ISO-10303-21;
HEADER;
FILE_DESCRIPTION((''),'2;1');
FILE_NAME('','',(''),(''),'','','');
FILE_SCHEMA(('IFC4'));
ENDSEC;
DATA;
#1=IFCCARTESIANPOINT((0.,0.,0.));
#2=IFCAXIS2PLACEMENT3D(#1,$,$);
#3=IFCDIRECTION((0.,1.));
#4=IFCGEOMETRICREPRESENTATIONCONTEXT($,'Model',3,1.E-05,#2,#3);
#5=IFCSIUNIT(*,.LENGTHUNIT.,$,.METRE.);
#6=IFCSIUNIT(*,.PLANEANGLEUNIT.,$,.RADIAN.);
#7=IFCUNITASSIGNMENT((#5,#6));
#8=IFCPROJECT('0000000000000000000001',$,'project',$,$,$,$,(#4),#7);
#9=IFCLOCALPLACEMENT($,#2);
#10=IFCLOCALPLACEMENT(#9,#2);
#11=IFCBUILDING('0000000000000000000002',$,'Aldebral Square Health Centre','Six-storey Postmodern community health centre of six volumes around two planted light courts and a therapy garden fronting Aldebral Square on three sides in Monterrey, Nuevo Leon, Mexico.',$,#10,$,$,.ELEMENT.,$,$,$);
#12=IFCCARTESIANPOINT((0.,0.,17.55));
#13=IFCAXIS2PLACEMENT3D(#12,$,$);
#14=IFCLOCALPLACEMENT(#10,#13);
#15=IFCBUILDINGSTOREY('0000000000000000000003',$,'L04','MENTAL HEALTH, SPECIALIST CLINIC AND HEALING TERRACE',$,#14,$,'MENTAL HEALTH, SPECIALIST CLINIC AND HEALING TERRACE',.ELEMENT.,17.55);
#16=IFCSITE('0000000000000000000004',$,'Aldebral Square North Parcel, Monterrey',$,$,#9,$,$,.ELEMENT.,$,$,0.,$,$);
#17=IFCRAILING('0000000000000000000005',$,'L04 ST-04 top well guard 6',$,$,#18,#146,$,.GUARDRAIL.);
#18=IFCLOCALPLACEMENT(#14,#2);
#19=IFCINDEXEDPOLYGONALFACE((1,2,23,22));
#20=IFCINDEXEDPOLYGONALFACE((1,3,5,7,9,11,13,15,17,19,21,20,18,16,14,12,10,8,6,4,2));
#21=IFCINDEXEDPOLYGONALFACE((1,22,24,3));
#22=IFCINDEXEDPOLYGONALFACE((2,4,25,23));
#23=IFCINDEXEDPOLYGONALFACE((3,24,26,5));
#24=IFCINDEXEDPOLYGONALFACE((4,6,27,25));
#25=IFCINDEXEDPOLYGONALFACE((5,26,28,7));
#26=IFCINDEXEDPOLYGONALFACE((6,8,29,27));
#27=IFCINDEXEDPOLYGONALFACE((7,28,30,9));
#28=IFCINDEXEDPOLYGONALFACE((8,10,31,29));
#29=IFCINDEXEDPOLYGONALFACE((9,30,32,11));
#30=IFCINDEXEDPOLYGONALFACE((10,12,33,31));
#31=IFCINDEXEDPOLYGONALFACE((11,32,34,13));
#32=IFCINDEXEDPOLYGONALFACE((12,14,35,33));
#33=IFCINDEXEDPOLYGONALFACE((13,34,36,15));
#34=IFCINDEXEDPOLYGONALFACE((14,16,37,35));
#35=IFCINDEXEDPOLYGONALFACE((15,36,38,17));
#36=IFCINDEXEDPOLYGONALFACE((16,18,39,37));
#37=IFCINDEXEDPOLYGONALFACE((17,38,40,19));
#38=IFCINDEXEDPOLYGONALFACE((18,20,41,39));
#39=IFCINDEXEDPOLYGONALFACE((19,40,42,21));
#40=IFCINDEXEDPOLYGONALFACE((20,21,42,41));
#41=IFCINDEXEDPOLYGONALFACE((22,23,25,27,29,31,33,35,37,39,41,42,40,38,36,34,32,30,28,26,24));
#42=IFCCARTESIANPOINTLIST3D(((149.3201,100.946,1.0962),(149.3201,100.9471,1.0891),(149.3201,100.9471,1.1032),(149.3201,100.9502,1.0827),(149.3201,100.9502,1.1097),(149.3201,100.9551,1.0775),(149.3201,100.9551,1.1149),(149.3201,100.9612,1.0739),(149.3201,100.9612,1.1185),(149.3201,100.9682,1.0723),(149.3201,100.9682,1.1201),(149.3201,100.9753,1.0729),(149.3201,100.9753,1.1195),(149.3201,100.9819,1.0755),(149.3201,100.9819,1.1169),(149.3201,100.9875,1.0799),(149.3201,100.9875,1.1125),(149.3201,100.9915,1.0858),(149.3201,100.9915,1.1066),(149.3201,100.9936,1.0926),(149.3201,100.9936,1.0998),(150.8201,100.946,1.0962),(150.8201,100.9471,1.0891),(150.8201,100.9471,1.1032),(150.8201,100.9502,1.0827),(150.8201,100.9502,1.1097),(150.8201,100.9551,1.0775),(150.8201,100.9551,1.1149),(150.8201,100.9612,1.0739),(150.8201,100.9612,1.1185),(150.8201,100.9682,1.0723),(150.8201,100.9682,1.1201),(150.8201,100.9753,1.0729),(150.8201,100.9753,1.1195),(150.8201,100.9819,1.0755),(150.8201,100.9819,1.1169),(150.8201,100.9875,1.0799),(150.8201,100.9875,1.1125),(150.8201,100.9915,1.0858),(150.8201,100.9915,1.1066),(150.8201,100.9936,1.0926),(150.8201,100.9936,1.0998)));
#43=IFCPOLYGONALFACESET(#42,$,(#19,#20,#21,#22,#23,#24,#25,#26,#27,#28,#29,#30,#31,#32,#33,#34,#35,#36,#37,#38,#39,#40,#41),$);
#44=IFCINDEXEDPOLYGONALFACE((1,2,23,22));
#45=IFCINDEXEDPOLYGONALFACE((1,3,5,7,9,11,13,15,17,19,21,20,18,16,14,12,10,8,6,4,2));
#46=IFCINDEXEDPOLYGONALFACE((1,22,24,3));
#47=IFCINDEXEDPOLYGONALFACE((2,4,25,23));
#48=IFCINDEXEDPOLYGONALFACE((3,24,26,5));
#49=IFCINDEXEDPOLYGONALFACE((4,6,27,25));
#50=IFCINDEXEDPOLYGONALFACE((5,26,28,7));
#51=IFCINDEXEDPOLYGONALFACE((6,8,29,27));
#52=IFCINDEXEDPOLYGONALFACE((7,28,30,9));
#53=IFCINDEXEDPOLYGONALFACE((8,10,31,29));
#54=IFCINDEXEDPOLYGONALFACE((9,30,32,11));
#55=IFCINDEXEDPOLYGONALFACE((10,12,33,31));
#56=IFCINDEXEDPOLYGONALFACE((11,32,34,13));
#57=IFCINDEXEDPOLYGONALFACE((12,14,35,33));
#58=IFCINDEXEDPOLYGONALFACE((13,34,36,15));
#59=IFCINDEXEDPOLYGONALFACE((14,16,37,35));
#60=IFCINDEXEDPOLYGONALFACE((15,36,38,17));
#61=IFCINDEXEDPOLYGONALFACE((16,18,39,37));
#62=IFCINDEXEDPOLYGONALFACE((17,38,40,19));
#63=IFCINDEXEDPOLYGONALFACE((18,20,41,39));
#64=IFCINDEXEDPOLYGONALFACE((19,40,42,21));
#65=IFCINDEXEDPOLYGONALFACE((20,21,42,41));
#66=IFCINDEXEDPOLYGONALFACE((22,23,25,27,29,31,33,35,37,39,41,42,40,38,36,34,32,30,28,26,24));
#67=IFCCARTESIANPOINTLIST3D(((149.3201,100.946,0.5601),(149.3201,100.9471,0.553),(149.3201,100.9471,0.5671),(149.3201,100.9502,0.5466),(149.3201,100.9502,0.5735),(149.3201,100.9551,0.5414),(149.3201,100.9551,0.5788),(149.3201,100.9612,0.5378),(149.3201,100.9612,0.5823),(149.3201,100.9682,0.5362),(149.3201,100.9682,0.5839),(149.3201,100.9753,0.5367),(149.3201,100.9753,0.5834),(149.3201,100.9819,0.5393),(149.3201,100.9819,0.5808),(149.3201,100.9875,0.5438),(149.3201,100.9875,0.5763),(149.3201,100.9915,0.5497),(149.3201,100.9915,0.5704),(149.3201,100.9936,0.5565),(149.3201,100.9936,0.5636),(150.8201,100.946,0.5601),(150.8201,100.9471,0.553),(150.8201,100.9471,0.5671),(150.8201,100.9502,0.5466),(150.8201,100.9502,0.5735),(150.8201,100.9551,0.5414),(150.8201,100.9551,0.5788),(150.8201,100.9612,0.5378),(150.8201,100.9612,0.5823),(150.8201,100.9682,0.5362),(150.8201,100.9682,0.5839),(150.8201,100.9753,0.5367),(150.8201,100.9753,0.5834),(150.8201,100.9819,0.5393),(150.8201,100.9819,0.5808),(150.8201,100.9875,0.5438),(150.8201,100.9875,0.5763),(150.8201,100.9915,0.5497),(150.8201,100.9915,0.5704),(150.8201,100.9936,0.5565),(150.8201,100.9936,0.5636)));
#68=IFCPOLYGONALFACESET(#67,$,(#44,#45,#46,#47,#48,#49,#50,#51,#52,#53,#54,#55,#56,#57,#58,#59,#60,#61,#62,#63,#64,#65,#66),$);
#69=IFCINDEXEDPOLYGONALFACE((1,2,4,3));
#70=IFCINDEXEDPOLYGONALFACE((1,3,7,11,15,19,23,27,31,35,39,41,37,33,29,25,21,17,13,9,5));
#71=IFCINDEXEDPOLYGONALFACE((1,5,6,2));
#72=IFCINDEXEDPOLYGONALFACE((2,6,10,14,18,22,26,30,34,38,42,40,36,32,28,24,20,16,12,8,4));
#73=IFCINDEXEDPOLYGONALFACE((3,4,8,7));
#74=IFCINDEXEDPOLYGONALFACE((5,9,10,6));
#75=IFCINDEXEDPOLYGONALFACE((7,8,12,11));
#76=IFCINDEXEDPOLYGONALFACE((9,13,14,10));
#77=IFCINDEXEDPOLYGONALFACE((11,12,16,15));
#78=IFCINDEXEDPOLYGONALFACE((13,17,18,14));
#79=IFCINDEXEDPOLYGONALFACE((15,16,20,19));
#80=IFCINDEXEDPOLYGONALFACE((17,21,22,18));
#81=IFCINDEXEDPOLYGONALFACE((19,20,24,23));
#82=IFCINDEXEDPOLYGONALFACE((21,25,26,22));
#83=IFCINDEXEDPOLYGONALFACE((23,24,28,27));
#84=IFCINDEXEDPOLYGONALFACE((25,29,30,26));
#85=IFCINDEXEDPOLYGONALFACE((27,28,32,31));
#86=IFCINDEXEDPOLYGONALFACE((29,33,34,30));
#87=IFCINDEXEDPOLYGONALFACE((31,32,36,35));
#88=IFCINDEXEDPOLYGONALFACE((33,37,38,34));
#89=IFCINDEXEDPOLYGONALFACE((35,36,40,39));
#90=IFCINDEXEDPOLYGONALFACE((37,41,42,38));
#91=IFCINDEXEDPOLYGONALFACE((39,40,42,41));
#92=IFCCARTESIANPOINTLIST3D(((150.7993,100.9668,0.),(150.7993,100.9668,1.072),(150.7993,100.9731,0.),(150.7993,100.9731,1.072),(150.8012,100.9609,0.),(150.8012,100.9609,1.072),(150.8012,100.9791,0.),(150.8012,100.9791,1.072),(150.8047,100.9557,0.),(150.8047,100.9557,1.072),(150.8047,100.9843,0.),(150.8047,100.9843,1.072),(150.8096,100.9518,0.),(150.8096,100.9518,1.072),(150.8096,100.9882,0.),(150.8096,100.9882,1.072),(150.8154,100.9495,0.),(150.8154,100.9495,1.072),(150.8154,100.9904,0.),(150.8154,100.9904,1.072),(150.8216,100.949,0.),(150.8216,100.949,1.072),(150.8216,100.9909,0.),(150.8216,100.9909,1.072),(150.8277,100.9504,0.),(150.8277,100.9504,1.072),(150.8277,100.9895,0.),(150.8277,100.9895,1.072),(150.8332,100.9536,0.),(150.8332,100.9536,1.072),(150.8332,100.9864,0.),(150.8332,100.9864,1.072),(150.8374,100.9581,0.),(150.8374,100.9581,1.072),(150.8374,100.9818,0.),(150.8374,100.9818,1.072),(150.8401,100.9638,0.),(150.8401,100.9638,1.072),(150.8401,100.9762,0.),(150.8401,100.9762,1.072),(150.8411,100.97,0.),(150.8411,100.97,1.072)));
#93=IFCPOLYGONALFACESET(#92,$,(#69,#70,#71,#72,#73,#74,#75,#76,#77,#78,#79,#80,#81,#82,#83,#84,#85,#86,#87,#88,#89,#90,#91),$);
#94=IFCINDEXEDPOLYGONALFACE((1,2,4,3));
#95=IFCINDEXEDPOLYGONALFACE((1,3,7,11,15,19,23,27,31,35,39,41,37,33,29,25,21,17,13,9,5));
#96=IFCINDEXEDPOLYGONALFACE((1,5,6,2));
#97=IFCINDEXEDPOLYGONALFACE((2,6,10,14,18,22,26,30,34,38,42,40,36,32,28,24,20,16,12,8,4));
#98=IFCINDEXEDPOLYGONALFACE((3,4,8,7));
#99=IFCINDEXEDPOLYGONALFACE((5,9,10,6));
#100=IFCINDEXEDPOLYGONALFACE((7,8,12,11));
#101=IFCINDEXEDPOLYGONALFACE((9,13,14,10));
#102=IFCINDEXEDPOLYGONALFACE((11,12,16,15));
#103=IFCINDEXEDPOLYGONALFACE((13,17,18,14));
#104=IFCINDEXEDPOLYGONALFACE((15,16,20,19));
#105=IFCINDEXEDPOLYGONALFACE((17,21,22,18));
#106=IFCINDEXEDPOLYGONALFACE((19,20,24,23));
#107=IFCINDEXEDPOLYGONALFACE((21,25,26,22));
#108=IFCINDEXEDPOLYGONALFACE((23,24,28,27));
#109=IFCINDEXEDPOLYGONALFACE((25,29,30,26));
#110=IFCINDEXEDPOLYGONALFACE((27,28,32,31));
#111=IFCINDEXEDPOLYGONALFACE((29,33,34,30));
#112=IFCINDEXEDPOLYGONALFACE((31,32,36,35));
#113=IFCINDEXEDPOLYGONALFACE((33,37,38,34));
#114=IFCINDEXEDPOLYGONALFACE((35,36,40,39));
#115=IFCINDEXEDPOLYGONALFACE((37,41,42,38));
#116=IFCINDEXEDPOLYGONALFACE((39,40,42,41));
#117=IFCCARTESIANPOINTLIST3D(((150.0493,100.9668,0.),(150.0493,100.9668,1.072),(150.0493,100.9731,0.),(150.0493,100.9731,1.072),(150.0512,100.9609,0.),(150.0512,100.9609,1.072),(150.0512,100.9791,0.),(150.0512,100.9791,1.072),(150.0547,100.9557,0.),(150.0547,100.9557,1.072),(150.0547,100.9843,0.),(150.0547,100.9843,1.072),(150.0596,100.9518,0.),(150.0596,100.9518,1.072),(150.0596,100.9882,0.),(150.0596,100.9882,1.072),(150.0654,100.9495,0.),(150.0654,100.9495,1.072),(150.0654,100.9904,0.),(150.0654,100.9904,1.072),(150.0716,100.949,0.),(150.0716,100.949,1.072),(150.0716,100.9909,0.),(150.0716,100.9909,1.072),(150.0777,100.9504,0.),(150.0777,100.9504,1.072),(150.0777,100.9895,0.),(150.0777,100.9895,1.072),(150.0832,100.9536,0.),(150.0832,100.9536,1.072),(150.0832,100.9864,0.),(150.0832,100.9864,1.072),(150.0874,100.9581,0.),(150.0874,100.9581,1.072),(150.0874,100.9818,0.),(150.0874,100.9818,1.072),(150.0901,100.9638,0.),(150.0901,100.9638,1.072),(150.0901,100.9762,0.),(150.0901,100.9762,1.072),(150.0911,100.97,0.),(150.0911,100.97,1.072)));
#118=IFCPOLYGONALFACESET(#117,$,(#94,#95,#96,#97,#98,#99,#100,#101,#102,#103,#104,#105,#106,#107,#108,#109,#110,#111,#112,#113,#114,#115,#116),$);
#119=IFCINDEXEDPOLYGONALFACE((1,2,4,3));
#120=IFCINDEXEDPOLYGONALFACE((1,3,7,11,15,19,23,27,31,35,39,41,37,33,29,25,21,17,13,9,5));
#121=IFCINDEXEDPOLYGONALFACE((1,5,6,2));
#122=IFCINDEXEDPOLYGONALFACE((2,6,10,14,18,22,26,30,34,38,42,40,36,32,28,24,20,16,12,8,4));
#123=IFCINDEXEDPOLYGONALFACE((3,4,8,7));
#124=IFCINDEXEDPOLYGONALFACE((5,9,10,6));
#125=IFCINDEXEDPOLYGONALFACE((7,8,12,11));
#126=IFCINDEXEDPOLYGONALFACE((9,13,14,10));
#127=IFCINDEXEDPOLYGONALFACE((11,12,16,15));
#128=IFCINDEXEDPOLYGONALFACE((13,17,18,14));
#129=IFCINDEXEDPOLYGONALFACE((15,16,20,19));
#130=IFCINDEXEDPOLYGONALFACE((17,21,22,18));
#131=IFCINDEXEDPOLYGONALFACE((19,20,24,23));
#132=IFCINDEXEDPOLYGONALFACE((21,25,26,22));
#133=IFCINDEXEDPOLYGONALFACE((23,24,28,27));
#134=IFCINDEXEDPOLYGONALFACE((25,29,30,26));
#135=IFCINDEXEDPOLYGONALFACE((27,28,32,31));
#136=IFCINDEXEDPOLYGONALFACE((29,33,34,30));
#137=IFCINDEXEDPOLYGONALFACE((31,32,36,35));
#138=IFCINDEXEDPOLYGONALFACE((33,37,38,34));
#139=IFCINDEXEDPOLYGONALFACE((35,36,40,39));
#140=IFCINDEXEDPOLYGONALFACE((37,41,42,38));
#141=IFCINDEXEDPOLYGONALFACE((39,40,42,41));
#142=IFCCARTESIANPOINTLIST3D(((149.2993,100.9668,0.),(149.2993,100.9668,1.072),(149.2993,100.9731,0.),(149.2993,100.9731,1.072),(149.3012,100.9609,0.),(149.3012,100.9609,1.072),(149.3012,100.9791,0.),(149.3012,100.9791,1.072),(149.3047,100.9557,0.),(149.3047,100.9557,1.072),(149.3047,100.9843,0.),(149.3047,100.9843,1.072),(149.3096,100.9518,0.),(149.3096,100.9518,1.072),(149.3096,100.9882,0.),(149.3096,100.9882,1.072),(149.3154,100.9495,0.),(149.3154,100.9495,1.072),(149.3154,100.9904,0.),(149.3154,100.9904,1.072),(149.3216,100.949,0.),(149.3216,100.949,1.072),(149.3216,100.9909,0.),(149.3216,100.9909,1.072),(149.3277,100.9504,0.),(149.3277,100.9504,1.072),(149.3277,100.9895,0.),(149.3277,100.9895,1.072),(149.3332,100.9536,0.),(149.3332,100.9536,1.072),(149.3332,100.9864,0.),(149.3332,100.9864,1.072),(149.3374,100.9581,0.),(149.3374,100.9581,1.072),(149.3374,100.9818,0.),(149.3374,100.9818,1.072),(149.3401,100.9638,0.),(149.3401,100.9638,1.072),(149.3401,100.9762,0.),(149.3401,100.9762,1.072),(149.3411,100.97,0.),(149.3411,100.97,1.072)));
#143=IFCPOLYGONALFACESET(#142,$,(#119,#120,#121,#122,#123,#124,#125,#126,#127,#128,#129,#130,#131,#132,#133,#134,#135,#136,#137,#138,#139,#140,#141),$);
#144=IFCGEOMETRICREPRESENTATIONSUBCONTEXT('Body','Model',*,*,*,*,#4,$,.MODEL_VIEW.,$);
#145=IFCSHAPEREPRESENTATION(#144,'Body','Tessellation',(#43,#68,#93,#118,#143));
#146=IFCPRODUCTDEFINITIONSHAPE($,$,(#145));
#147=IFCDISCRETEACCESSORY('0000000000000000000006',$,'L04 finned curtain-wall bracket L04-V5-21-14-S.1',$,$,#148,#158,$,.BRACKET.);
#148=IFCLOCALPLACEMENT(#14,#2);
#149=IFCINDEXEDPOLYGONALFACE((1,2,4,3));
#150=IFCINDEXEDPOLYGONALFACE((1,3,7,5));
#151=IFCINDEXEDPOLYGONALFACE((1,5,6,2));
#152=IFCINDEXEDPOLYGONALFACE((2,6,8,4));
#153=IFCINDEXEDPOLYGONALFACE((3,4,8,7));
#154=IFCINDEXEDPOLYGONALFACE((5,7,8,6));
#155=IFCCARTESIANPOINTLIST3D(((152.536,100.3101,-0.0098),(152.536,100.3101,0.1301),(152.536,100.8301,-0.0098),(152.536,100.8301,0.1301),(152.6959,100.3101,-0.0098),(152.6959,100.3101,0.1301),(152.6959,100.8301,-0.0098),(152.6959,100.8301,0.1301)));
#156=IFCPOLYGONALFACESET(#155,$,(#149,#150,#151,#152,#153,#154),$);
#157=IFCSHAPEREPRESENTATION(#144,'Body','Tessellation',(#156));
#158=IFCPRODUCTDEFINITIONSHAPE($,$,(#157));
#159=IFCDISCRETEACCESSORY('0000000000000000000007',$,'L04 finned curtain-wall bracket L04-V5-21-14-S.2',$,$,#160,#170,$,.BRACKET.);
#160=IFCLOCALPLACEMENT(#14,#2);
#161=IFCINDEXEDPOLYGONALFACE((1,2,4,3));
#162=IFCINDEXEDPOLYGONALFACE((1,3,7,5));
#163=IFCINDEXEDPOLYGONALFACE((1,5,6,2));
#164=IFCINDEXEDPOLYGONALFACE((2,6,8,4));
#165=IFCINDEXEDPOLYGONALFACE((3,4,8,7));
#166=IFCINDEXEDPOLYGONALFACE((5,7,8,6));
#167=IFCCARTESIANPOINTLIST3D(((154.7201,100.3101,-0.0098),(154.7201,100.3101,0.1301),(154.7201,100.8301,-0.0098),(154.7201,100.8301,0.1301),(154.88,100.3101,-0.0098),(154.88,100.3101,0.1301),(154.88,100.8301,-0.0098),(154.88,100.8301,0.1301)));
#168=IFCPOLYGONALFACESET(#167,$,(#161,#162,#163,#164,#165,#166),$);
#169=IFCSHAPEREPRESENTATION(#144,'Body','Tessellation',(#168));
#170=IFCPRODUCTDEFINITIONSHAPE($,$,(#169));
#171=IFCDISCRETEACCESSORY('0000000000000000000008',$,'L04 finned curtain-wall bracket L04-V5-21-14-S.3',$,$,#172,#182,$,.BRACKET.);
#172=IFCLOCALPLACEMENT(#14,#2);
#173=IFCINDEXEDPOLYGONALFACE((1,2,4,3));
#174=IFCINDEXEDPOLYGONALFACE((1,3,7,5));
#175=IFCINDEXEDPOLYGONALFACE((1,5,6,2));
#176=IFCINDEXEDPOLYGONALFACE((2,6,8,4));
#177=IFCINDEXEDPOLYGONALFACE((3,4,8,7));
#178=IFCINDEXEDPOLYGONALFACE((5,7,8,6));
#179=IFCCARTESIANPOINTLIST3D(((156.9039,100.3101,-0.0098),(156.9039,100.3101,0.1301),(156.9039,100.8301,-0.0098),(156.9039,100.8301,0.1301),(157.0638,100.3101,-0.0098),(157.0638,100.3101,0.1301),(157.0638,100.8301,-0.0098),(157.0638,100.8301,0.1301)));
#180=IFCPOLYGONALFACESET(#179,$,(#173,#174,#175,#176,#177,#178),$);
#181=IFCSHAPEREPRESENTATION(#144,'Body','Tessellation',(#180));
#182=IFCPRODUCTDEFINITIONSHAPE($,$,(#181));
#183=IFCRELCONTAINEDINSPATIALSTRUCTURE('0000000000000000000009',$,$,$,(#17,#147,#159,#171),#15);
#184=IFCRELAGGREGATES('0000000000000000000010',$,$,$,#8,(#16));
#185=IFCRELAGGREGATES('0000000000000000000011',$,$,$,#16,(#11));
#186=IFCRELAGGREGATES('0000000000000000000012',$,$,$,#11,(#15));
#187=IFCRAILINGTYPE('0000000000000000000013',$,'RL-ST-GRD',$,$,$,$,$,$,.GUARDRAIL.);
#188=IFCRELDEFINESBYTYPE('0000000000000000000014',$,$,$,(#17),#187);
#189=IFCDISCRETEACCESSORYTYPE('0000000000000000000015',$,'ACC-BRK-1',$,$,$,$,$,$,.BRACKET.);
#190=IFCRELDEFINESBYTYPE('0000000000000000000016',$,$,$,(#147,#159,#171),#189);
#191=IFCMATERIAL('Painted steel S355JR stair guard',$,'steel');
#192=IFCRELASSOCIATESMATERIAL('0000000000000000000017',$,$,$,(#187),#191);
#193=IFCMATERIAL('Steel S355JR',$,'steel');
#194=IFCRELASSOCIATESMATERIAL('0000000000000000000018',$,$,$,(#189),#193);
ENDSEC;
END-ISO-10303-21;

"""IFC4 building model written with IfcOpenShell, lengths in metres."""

from ifc_helpers import new_model, si_unit, direction, frame, origin, origin_2d, place, context, subcontext, project, spatial, rectangle, circle, extrude, material, type_object, element, save


model = new_model("IFC4")

# Units and contexts
model_context = context("Model", 3, precision=1e-05, world=origin(), true_north=direction((0.0, 1.0)))
body_context = subcontext(model_context, "Body", "Model", "MODEL_VIEW")
ifc_project = project(units=[si_unit("LENGTHUNIT", "METRE"), si_unit("PLANEANGLEUNIT", "RADIAN")], contexts=[model_context])

# Site, building, storey
site_placement = place(None, origin())
site = spatial("IfcSite", under=ifc_project, at=site_placement, Name="Aldebral Square North Parcel, Monterrey", CompositionType="ELEMENT", RefElevation=0.0)
building_placement = place(site_placement, origin())
building = spatial("IfcBuilding", under=site, at=building_placement, Name="Aldebral Square Health Centre", Description="Six-storey Postmodern community health centre of six volumes around two planted light courts and a therapy garden fronting Aldebral Square on three sides in Monterrey, Nuevo Leon, Mexico.", CompositionType="ELEMENT")
storey_placement = place(building_placement, frame((0.0, 0.0, 17.55)))
storey = spatial("IfcBuildingStorey", under=building, at=storey_placement, Name="L04", Description="MENTAL HEALTH, SPECIALIST CLINIC AND HEALING TERRACE", LongName="MENTAL HEALTH, SPECIALIST CLINIC AND HEALING TERRACE", CompositionType="ELEMENT", Elevation=17.55)

# Railing
ifc_material_1 = material(Name="Painted steel S355JR stair guard", Category="steel")
railing_type = type_object("IfcRailingType", Name="RL-ST-GRD", PredefinedType="GUARDRAIL", material=ifc_material_1)
for number, where, name in (
    (1, (150.8201, 100.97, 0.0), "L04 ST-04 top well guard 6"),
):
    element("IfcRailing", number, at=place(storey_placement, frame(where)), inside=storey, type_object=railing_type, Name=name, PredefinedType="GUARDRAIL", context=body_context, shape_type="SweptSolid", body=[
        extrude(circle(Radius=0.0239, at=origin_2d()), frame((0.0, 0.0, 1.0962), z_axis=(-1.0, 0.0, 0.0), x_axis=(0.0, -1.0, 0.0)), (0.0, 0.0, 1.0), 1.5),
        extrude(circle(Radius=0.0239, at=origin_2d()), frame((0.0, 0.0, 0.5601), z_axis=(-1.0, 0.0, 0.0), x_axis=(0.0, -1.0, 0.0)), (0.0, 0.0, 1.0), 1.5),
        extrude(circle(Radius=0.021, at=origin_2d()), origin(), (0.0, 0.0, 1.0), 1.072),
        extrude(circle(Radius=0.021, at=origin_2d()), frame((-0.75, 0.0, 0.0)), (0.0, 0.0, 1.0), 1.072),
        extrude(circle(Radius=0.021, at=origin_2d()), frame((-1.5, 0.0, 0.0)), (0.0, 0.0, 1.0), 1.072),
    ])

# Discrete accessories
ifc_material_2 = material(Name="Steel S355JR", Category="steel")
discrete_accessory_type = type_object("IfcDiscreteAccessoryType", Name="ACC-BRK-1", PredefinedType="BRACKET", material=ifc_material_2)
for number, where, z_axis, x_axis, name in (
    (2, (152.616, 100.5701, -0.0098), (0.0, 0.0, 1.0), (1.0, 0.0, 0.0), "L04 finned curtain-wall bracket L04-V5-21-14-S.1"),
    (3, (154.8, 100.5701, -0.0098), (0.0, 0.0, 1.0), (1.0, 0.0, 0.0), "L04 finned curtain-wall bracket L04-V5-21-14-S.2"),
    (4, (156.9839, 100.5701, -0.0098), (0.0, 0.0, 1.0), (1.0, 0.0, 0.0), "L04 finned curtain-wall bracket L04-V5-21-14-S.3"),
):
    element("IfcDiscreteAccessory", number, at=place(storey_placement, frame(where, z_axis=z_axis, x_axis=x_axis)), inside=storey, type_object=discrete_accessory_type, Name=name, PredefinedType="BRACKET", context=body_context, shape_type="SweptSolid", body=[
        extrude(rectangle(XDim=0.1599, YDim=0.52, at=origin_2d()), origin(), (0.0, 0.0, 1.0), 0.1399),
    ])

save(model, "model.ifc")
